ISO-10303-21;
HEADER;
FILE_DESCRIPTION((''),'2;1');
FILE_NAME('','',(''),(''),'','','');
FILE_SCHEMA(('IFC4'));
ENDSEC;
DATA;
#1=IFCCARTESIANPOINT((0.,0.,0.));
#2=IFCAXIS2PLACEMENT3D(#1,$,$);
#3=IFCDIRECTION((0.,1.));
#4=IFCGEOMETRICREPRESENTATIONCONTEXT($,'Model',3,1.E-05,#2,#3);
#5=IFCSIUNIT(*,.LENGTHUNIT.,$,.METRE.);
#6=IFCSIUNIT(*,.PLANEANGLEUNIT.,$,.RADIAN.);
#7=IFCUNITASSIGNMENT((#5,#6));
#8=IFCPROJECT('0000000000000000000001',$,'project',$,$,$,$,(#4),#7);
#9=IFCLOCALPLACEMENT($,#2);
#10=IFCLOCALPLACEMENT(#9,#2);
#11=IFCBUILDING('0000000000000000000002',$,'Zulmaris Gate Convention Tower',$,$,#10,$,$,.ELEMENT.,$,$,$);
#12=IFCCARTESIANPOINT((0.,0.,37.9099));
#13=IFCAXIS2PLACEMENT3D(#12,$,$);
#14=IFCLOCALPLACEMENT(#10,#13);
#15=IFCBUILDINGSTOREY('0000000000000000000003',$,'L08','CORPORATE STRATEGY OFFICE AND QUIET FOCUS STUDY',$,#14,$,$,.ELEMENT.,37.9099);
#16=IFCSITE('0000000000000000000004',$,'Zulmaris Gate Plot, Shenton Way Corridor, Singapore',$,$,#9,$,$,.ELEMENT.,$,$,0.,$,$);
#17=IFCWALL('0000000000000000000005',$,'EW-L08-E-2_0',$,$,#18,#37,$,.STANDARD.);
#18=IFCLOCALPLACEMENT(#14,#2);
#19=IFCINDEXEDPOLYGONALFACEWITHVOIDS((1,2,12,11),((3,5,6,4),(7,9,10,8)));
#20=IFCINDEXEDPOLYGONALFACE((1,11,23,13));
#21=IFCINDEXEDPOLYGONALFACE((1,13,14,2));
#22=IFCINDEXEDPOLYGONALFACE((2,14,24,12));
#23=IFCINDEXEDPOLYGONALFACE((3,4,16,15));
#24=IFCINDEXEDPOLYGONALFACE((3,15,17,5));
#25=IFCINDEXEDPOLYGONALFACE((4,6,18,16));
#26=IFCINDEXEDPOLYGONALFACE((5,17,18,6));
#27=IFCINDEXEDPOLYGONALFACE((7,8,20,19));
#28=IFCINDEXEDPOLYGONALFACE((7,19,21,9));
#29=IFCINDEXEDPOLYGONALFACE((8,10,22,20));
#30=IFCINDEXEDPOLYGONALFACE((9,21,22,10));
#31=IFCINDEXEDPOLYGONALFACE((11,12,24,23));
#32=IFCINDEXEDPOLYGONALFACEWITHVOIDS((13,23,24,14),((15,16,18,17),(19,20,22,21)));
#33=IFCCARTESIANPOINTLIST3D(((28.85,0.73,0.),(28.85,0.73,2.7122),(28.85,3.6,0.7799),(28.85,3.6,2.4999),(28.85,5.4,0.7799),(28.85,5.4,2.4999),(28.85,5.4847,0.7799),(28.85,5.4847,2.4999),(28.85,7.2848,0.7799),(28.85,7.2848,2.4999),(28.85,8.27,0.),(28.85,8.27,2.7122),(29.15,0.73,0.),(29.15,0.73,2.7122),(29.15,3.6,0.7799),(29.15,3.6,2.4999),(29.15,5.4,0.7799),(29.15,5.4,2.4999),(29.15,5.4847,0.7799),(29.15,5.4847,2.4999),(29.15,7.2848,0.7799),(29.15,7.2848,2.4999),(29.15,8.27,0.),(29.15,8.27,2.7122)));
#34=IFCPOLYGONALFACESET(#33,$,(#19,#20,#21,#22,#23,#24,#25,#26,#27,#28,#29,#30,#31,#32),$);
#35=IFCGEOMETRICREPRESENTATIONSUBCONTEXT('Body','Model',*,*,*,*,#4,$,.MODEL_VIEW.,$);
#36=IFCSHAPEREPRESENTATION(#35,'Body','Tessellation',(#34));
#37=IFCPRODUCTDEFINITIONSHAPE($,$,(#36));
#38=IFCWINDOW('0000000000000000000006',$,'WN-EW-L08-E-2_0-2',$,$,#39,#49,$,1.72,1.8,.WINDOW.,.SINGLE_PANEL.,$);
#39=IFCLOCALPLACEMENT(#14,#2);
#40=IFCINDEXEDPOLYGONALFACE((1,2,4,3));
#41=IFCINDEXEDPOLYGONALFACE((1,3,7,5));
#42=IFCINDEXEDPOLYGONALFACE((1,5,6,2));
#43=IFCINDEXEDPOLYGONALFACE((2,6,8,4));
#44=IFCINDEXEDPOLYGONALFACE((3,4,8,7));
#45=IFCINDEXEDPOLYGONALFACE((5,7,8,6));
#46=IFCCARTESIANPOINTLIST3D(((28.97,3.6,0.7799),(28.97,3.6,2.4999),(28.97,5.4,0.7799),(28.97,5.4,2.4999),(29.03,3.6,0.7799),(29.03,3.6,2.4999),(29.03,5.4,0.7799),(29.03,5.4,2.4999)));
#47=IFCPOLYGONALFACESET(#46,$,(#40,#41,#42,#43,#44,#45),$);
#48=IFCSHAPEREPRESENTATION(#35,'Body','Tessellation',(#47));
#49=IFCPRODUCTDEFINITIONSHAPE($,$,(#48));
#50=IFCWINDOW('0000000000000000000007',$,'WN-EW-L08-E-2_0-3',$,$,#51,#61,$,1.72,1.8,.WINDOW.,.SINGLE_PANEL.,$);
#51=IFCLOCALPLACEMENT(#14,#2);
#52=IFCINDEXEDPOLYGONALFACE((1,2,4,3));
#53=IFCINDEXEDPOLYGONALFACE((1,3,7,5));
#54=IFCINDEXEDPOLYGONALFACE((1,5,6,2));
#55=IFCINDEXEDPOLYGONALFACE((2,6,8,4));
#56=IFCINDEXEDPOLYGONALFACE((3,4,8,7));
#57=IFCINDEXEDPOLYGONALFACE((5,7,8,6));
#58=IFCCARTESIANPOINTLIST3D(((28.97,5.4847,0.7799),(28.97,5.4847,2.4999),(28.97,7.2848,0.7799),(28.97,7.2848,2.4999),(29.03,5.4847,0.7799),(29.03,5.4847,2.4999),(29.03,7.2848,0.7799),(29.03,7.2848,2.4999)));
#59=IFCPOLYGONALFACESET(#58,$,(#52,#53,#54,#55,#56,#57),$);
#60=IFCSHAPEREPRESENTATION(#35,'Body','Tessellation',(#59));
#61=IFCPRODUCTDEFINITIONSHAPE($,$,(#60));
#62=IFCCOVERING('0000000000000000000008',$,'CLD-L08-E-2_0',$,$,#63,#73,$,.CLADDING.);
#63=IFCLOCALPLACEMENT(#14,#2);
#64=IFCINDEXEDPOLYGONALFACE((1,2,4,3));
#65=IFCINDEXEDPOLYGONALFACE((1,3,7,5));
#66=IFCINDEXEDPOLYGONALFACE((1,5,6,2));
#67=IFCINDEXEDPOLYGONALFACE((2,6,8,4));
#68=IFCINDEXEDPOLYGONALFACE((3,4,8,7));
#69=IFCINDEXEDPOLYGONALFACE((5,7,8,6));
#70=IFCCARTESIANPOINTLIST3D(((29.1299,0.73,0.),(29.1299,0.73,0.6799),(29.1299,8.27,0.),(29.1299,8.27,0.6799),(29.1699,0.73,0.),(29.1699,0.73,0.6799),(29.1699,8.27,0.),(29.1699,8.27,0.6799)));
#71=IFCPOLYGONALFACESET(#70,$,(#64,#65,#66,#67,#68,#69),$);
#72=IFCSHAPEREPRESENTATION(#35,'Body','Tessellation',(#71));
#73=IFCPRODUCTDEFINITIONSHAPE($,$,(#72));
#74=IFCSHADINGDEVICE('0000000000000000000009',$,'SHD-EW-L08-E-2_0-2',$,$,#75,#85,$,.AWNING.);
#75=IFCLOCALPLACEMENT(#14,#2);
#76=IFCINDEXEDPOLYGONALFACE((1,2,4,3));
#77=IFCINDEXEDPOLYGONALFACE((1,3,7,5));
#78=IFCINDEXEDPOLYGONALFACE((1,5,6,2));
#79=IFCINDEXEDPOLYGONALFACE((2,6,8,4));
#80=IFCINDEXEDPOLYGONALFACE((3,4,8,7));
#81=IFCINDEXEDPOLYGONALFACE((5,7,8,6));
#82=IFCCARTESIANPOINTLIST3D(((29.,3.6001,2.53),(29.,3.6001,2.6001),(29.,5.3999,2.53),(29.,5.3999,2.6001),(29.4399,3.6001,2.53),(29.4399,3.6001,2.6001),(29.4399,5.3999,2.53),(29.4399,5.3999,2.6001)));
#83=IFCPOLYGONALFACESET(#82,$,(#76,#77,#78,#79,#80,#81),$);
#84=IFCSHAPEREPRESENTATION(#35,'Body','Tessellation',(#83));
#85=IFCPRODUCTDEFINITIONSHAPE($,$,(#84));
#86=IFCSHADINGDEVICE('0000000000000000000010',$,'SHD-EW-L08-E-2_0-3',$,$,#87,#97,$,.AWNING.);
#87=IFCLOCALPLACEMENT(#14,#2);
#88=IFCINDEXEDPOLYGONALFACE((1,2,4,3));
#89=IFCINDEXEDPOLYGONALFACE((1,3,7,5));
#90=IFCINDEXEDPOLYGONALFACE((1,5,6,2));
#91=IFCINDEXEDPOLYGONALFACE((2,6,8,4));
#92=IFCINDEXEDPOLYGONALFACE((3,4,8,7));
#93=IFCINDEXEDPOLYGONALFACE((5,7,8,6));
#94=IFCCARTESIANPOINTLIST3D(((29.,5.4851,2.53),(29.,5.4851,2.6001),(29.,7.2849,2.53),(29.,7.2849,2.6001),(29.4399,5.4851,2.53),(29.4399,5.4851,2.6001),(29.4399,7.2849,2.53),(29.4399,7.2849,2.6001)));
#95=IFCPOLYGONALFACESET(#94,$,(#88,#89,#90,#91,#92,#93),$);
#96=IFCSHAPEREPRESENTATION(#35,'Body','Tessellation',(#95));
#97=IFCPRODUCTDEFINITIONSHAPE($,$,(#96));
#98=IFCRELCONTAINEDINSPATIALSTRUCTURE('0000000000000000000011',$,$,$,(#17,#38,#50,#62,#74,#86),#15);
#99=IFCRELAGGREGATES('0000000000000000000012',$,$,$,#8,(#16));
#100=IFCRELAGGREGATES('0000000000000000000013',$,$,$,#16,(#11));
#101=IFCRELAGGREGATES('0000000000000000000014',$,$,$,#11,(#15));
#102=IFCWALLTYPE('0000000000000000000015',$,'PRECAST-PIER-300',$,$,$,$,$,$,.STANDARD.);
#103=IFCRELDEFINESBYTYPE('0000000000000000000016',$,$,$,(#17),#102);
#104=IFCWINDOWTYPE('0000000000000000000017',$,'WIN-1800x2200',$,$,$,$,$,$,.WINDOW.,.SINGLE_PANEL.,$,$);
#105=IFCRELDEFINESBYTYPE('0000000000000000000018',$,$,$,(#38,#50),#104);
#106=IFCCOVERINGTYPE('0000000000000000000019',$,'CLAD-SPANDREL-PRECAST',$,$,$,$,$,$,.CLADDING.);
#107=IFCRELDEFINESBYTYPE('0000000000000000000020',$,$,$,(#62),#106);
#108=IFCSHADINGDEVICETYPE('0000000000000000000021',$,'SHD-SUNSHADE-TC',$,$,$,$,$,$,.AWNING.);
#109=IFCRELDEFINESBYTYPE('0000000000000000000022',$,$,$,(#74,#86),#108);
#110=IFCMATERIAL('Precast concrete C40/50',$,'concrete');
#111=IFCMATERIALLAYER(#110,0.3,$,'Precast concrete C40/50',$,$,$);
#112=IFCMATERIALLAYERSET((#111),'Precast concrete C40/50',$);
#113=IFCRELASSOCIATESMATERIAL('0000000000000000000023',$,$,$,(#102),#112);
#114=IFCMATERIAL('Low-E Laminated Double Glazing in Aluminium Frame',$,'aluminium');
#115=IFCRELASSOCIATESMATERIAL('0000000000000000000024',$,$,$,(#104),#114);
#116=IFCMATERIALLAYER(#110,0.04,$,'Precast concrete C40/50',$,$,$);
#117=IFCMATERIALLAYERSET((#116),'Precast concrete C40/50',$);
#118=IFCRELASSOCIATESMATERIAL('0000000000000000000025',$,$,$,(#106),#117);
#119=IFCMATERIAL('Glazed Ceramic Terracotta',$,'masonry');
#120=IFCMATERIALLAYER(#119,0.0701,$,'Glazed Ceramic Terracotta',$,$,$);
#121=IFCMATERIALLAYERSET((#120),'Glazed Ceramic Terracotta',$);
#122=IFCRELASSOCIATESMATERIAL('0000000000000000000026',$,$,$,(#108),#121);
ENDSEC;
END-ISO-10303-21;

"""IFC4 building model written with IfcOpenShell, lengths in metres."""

from ifc_helpers import new_model, si_unit, direction, frame, frame_2d, origin, place, context, subcontext, project, spatial, rectangle, extrude, material, layer, layer_set, type_object, element, fill, save


model = new_model("IFC4")

# Units and contexts
model_context = context("Model", 3, precision=1e-05, world=origin(), true_north=direction((0.0, 1.0)))
body_context = subcontext(model_context, "Body", "Model", "MODEL_VIEW")
ifc_project = project(units=[si_unit("LENGTHUNIT", "METRE"), si_unit("PLANEANGLEUNIT", "RADIAN")], contexts=[model_context])

# Site, building, storey
site_placement = place(None, origin())
site = spatial("IfcSite", under=ifc_project, at=site_placement, Name="Zulmaris Gate Plot, Shenton Way Corridor, Singapore", CompositionType="ELEMENT", RefElevation=0.0)
building_placement = place(site_placement, origin())
building = spatial("IfcBuilding", under=site, at=building_placement, Name="Zulmaris Gate Convention Tower", CompositionType="ELEMENT")
storey_placement = place(building_placement, frame((0.0, 0.0, 37.9099)))
storey = spatial("IfcBuildingStorey", under=building, at=storey_placement, Name="L08", Description="CORPORATE STRATEGY OFFICE AND QUIET FOCUS STUDY", CompositionType="ELEMENT", Elevation=37.9099)

# Wall, openings, windows
ifc_material_1 = material(Name="Precast concrete C40/50", Category="concrete")
ifc_layer_1 = layer(ifc_material_1, 0.3, Name="Precast concrete C40/50")
ifc_layer_set_1 = layer_set([ifc_layer_1], Name="Precast concrete C40/50")
wall_type_1 = type_object("IfcWallType", Name="PRECAST-PIER-300", PredefinedType="STANDARD", material=ifc_layer_set_1)
wall_1_placement = place(storey_placement, frame((29.0, 0.73, 0.0), z_axis=(0.0, 0.0, 1.0), x_axis=(0.0, 1.0, 0.0)))
wall_1 = element("IfcWall", 1, at=wall_1_placement, inside=storey, type_object=wall_type_1, Name="EW-L08-E-2_0", PredefinedType="STANDARD", context=body_context, shape_type="SweptSolid", body=[
    extrude(rectangle(XDim=7.54, YDim=0.3, at=frame_2d((3.77, 0.0))), origin(), (0.0, 0.0, 1.0), 2.7122),
])
opening_1_placement = place(wall_1_placement, frame((2.8701, 0.0, 0.78)))
opening_1 = element("IfcOpeningElement", 2, at=opening_1_placement, cuts=wall_1, PredefinedType="OPENING", context=body_context, shape_type="SweptSolid", body=[
    extrude(rectangle(XDim=1.8, YDim=1.72, at=frame_2d((0.8999, 0.8599))), frame((0.0, 0.1602, 0.0), z_axis=(0.0, -1.0, 0.0), x_axis=(1.0, 0.0, 0.0)), (0.0, 0.0, 1.0), 0.3201),
])
opening_2_placement = place(wall_1_placement, frame((4.7549, 0.0, 0.78)))
opening_2 = element("IfcOpeningElement", 3, at=opening_2_placement, cuts=wall_1, PredefinedType="OPENING", context=body_context, shape_type="SweptSolid", body=[
    extrude(rectangle(XDim=1.8, YDim=1.72, at=frame_2d((0.8999, 0.8599))), frame((0.0, 0.1602, 0.0), z_axis=(0.0, -1.0, 0.0), x_axis=(1.0, 0.0, 0.0)), (0.0, 0.0, 1.0), 0.3201),
])
ifc_material_2 = material(Name="Low-E Laminated Double Glazing in Aluminium Frame", Category="aluminium")
window_type = type_object("IfcWindowType", Name="WIN-1800x2200", PartitioningType="SINGLE_PANEL", PredefinedType="WINDOW", material=ifc_material_2)
window_1_placement = place(opening_1_placement, origin())
window_1 = element("IfcWindow", 4, at=window_1_placement, inside=storey, type_object=window_type, Name="WN-EW-L08-E-2_0-2", OverallHeight=1.72, OverallWidth=1.8, PartitioningType="SINGLE_PANEL", PredefinedType="WINDOW", context=body_context, shape_type="SweptSolid", body=[
    extrude(rectangle(XDim=1.8, YDim=1.72, at=frame_2d((0.8999, 0.8599))), frame((0.0, 0.03, 0.0), z_axis=(0.0, -1.0, 0.0), x_axis=(1.0, 0.0, 0.0)), (0.0, 0.0, 1.0), 0.0601),
])
fill(opening_1, window_1)
window_2_placement = place(opening_2_placement, origin())
window_2 = element("IfcWindow", 5, at=window_2_placement, inside=storey, type_object=window_type, Name="WN-EW-L08-E-2_0-3", OverallHeight=1.72, OverallWidth=1.8, PartitioningType="SINGLE_PANEL", PredefinedType="WINDOW", context=body_context, shape_type="SweptSolid", body=[
    extrude(rectangle(XDim=1.8, YDim=1.72, at=frame_2d((0.8999, 0.8599))), frame((0.0, 0.03, 0.0), z_axis=(0.0, -1.0, 0.0), x_axis=(1.0, 0.0, 0.0)), (0.0, 0.0, 1.0), 0.0601),
])
fill(opening_2, window_2)

# Covering
ifc_layer_2 = layer(ifc_material_1, 0.04, Name="Precast concrete C40/50")
ifc_layer_set_2 = layer_set([ifc_layer_2], Name="Precast concrete C40/50")
covering_type = type_object("IfcCoveringType", Name="CLAD-SPANDREL-PRECAST", PredefinedType="CLADDING", material=ifc_layer_set_2)
covering_placement = place(storey_placement, frame((29.1499, 0.73, 0.0), z_axis=(0.0, 0.0, 1.0), x_axis=(0.0, 1.0, 0.0)))
element("IfcCovering", 6, at=covering_placement, inside=storey, type_object=covering_type, Name="CLD-L08-E-2_0", PredefinedType="CLADDING", context=body_context, shape_type="SweptSolid", body=[
    extrude(rectangle(XDim=7.54, YDim=0.04, at=frame_2d((3.77, 0.0))), origin(), (0.0, 0.0, 1.0), 0.6799),
])

# Shading devices
ifc_material_3 = material(Name="Glazed Ceramic Terracotta", Category="masonry")
ifc_layer_3 = layer(ifc_material_3, 0.0701, Name="Glazed Ceramic Terracotta")
ifc_layer_set_3 = layer_set([ifc_layer_3], Name="Glazed Ceramic Terracotta")
shading_device_type = type_object("IfcShadingDeviceType", Name="SHD-SUNSHADE-TC", PredefinedType="AWNING", material=ifc_layer_set_3)
for number, where, z_axis, x_axis, name in (
    (7, (29.22, 3.6001, 2.53), (0.0, 0.0, 1.0), (0.0, 1.0, 0.0), "SHD-EW-L08-E-2_0-2"),
    (8, (29.22, 5.4851, 2.53), (0.0, 0.0, 1.0), (0.0, 1.0, 0.0), "SHD-EW-L08-E-2_0-3"),
):
    element("IfcShadingDevice", number, at=place(storey_placement, frame(where, z_axis=z_axis, x_axis=x_axis)), inside=storey, type_object=shading_device_type, Name=name, PredefinedType="AWNING", context=body_context, shape_type="SweptSolid", body=[
        extrude(rectangle(XDim=1.7998, YDim=0.4399, at=frame_2d((0.8999, 0.0))), origin(), (0.0, 0.0, 1.0), 0.0701),
    ])

save(model, "model.ifc")
